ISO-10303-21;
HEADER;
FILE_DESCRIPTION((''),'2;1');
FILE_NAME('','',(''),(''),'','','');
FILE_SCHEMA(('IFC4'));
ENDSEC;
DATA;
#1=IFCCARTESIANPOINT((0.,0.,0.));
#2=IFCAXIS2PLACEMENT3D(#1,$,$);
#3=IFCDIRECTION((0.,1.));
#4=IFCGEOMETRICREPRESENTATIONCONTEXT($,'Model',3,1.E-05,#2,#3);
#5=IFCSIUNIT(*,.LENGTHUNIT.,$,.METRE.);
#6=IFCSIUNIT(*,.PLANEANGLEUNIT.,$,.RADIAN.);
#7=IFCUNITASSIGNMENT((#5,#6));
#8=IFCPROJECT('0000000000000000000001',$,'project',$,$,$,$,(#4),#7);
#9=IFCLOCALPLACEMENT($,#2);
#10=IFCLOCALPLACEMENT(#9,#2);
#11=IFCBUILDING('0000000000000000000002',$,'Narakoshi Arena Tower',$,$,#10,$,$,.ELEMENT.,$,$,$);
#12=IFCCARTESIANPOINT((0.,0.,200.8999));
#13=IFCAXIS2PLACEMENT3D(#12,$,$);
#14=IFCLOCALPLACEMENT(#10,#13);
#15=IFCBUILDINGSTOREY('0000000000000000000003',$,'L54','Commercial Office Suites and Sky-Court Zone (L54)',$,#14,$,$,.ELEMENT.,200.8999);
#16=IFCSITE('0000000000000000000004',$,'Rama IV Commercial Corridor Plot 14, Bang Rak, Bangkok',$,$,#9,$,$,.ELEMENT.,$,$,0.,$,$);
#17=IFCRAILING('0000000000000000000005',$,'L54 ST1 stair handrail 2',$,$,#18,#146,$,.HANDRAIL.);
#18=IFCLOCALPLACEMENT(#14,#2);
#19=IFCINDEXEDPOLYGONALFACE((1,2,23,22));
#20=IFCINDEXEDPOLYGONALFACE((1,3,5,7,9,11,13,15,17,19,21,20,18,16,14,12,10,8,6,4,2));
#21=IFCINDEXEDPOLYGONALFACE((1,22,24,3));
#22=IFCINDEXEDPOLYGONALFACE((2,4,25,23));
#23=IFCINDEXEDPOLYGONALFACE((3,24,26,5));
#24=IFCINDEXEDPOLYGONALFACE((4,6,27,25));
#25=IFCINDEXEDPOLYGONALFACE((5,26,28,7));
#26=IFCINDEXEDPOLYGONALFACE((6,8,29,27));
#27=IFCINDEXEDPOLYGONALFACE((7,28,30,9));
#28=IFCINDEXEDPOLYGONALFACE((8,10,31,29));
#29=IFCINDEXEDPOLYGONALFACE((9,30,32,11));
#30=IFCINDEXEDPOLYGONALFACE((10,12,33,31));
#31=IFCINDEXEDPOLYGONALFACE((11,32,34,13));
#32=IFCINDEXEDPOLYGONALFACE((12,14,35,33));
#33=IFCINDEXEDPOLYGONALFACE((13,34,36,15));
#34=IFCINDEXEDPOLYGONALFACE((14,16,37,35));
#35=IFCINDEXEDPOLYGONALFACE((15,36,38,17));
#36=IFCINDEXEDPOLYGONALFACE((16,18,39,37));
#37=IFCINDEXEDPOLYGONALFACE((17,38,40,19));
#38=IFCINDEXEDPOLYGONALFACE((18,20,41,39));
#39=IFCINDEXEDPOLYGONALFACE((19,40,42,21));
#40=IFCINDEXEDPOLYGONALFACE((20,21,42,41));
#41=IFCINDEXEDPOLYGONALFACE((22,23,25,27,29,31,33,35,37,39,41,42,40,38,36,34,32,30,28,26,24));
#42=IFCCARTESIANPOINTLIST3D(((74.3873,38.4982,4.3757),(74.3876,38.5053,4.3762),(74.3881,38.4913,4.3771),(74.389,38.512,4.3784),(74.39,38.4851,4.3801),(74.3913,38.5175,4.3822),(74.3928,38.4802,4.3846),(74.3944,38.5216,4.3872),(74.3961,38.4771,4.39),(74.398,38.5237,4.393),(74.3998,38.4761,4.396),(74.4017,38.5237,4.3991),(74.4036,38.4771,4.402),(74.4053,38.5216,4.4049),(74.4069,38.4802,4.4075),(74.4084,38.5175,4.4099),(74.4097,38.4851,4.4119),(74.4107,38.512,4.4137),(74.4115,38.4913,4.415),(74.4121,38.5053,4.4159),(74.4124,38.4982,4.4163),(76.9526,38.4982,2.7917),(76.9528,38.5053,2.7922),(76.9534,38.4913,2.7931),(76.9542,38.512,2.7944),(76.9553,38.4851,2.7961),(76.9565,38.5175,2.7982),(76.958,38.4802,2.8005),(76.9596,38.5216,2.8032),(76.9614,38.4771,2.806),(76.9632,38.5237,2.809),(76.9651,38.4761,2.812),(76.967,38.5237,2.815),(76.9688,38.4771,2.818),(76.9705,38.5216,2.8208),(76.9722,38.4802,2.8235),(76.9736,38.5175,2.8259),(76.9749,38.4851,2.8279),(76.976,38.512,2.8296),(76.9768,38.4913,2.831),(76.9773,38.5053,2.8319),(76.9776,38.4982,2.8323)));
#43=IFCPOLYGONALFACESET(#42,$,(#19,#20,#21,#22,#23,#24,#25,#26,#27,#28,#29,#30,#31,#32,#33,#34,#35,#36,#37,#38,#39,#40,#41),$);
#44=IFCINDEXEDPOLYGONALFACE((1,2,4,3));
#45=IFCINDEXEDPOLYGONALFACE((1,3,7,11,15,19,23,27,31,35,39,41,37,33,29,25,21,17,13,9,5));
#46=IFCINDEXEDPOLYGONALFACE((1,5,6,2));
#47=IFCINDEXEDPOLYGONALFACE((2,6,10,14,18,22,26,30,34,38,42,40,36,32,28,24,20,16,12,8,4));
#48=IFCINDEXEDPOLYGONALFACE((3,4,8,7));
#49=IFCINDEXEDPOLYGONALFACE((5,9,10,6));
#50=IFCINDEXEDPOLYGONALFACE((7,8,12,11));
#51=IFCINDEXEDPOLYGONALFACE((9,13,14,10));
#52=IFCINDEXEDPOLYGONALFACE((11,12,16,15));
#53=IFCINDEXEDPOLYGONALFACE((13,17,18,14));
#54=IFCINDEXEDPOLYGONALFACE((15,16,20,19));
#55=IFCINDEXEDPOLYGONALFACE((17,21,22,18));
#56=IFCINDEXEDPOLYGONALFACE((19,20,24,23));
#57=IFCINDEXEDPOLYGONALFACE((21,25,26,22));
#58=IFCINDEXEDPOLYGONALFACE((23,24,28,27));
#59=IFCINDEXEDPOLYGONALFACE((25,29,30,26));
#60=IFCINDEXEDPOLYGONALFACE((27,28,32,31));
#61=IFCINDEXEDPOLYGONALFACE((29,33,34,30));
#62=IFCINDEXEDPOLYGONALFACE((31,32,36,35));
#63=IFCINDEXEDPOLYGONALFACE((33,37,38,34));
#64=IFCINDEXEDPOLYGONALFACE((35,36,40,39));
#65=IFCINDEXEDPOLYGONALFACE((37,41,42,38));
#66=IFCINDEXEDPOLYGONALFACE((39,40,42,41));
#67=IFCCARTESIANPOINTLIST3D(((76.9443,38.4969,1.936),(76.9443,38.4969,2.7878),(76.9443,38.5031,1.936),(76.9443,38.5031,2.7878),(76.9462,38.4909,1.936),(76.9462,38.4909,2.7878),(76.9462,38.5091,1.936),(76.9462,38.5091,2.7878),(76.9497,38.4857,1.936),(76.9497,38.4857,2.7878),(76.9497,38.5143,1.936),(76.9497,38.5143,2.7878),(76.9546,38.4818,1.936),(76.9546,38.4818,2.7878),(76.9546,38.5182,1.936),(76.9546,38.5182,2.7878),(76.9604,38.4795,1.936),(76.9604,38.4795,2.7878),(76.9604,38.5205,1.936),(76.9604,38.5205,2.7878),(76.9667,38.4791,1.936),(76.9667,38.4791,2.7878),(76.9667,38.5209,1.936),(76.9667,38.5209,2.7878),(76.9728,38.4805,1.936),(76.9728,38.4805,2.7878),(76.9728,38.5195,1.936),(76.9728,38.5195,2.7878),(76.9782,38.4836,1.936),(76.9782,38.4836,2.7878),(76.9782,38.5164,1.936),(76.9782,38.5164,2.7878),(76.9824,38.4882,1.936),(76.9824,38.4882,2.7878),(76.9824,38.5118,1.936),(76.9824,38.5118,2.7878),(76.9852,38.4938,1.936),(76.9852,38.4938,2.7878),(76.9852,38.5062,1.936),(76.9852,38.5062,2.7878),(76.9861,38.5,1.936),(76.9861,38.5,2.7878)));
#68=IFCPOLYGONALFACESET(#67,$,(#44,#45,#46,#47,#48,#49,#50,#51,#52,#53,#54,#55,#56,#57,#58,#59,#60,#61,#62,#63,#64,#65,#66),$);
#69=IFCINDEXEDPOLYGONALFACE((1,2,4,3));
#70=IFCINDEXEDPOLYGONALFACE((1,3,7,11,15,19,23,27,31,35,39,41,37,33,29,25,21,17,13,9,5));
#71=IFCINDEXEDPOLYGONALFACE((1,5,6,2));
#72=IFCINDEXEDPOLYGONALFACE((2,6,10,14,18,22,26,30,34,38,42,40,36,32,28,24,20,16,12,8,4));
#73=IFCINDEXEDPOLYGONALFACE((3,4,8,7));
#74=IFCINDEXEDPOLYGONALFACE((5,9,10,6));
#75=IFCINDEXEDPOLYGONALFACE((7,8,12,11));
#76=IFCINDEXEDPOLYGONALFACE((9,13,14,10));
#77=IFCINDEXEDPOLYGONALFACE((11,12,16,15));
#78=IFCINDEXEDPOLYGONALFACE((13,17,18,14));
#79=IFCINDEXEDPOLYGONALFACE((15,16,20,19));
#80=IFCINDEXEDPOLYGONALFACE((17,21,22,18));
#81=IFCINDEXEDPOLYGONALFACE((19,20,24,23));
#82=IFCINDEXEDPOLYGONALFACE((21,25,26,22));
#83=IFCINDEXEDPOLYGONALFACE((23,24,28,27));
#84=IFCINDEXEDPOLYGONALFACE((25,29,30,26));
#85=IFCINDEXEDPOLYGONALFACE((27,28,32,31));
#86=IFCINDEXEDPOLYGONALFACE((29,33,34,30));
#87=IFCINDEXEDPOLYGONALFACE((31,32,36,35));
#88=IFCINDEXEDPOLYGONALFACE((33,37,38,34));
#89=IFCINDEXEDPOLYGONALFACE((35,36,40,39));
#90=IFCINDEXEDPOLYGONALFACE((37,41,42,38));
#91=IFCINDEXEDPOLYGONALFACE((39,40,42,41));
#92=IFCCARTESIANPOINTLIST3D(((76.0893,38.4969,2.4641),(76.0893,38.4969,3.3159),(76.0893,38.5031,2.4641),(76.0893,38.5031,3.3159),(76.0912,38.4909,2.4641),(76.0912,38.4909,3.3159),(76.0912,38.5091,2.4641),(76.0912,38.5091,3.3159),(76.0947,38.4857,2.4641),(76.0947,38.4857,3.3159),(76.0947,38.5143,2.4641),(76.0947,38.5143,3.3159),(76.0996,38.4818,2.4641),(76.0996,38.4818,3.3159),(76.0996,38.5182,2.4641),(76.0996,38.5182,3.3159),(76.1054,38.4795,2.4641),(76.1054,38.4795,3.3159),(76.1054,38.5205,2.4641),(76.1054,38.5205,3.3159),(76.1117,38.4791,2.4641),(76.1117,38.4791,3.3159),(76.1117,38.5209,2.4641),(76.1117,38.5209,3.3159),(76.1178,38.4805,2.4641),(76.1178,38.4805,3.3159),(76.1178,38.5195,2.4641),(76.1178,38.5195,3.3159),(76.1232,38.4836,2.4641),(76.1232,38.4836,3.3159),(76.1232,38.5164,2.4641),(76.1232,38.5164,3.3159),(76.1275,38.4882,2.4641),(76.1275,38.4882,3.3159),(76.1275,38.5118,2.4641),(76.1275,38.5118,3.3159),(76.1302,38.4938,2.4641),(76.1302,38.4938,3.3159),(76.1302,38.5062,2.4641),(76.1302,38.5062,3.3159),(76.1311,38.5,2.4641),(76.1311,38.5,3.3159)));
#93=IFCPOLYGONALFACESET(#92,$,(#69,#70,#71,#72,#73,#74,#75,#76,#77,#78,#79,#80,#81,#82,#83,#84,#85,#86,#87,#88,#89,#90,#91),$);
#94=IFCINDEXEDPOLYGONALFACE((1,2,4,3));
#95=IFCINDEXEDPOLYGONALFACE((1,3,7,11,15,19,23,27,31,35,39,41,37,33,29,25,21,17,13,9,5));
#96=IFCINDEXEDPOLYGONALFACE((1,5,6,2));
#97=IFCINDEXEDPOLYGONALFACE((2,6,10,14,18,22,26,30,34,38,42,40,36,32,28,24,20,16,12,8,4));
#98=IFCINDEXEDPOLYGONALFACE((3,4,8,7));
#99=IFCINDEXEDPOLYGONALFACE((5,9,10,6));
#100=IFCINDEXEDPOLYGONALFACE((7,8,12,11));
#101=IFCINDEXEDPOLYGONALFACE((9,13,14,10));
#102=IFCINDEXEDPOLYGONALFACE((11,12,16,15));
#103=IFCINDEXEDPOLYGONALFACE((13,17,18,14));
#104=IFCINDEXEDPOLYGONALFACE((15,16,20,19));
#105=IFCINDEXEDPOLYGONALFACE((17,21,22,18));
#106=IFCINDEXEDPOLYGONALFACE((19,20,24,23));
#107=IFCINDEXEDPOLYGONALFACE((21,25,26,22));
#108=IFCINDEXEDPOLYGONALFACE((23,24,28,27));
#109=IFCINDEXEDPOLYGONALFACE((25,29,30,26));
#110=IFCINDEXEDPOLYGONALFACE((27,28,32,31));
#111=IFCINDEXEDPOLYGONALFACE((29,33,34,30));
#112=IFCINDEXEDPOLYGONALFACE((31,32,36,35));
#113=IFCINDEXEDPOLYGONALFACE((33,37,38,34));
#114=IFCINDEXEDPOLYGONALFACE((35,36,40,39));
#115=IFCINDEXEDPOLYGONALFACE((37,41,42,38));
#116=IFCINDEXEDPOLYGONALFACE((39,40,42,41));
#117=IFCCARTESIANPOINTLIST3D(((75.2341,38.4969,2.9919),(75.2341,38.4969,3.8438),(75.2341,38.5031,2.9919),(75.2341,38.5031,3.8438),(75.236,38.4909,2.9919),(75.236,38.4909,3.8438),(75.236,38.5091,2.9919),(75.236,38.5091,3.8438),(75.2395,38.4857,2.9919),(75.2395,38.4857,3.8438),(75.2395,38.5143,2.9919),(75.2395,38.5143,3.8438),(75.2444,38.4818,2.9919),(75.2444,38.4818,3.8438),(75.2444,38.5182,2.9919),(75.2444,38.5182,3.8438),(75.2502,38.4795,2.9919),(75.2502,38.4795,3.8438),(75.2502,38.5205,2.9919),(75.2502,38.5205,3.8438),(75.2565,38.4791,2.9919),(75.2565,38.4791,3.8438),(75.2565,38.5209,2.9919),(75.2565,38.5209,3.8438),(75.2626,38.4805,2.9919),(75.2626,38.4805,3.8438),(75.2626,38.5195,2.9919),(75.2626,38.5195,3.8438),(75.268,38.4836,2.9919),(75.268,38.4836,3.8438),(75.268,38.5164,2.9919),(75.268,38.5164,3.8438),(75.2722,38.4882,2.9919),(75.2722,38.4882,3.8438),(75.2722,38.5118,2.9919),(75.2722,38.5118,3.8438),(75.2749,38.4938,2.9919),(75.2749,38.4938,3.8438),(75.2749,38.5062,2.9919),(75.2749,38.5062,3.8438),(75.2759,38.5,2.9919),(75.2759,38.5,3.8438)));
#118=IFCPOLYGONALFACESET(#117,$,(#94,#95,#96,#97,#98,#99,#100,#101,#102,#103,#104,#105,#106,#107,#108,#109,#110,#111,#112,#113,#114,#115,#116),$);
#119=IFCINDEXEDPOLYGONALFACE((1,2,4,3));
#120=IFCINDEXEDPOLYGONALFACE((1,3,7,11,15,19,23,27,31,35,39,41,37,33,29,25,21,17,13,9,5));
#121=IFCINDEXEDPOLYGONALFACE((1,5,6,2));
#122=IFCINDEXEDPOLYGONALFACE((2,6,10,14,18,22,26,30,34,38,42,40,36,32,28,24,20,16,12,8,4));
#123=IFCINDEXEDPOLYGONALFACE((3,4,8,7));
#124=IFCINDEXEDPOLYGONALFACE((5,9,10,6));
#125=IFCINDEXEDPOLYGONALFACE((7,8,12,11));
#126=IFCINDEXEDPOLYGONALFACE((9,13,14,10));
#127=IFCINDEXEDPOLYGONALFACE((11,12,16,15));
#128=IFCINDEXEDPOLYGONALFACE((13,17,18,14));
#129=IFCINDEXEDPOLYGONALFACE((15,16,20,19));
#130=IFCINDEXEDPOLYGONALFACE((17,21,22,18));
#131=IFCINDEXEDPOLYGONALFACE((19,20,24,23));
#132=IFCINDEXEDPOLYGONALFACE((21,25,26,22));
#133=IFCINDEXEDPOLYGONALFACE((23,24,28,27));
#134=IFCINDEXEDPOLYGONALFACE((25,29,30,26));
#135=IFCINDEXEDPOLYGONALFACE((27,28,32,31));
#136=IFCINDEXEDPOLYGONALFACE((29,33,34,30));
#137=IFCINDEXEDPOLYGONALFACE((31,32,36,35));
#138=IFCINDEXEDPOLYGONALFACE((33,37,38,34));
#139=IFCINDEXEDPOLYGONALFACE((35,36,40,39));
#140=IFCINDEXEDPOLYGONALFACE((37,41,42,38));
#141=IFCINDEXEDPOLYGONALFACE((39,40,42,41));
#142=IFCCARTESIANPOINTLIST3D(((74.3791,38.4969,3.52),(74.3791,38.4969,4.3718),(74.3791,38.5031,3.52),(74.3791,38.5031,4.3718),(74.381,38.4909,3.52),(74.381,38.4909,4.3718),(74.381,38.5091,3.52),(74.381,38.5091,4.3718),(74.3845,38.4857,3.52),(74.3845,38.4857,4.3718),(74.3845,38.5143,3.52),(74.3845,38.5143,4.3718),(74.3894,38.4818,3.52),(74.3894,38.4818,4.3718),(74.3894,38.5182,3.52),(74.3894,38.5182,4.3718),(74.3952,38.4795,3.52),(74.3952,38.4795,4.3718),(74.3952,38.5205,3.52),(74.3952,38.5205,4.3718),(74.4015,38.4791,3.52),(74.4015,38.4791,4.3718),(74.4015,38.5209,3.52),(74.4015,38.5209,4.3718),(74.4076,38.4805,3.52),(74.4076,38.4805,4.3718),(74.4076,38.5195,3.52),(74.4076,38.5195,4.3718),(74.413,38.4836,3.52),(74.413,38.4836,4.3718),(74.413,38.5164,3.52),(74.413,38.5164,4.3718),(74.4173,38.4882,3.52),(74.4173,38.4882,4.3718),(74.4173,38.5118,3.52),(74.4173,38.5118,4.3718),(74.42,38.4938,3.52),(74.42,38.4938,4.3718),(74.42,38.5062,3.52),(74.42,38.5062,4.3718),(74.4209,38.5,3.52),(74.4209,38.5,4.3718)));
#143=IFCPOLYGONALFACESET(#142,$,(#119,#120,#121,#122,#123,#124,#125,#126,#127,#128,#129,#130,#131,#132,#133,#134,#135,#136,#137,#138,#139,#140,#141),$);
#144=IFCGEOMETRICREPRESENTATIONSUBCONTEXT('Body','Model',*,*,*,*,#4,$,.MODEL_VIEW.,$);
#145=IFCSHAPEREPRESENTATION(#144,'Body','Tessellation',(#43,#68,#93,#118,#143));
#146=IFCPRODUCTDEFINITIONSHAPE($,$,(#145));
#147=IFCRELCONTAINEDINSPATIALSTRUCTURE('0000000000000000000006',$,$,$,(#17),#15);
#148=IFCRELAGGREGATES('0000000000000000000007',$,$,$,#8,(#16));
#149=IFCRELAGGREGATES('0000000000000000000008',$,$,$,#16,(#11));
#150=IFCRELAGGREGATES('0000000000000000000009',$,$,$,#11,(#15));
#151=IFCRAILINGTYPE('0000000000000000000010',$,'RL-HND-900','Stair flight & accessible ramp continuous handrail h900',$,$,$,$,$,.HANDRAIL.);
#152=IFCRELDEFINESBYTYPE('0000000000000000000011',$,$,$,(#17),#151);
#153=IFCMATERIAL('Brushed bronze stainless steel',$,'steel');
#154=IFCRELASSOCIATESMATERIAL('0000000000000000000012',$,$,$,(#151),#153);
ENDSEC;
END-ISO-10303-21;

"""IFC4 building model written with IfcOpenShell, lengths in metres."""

from ifc_helpers import new_model, si_unit, direction, frame, origin, origin_2d, place, context, subcontext, project, spatial, circle, extrude, material, type_object, element, save


model = new_model("IFC4")

# Units and contexts
model_context = context("Model", 3, precision=1e-05, world=origin(), true_north=direction((0.0, 1.0)))
body_context = subcontext(model_context, "Body", "Model", "MODEL_VIEW")
ifc_project = project(units=[si_unit("LENGTHUNIT", "METRE"), si_unit("PLANEANGLEUNIT", "RADIAN")], contexts=[model_context])

# Site, building, storey
site_placement = place(None, origin())
site = spatial("IfcSite", under=ifc_project, at=site_placement, Name="Rama IV Commercial Corridor Plot 14, Bang Rak, Bangkok", CompositionType="ELEMENT", RefElevation=0.0)
building_placement = place(site_placement, origin())
building = spatial("IfcBuilding", under=site, at=building_placement, Name="Narakoshi Arena Tower", CompositionType="ELEMENT")
storey_placement = place(building_placement, frame((0.0, 0.0, 200.8999)))
storey = spatial("IfcBuildingStorey", under=building, at=storey_placement, Name="L54", Description="Commercial Office Suites and Sky-Court Zone (L54)", CompositionType="ELEMENT", Elevation=200.8999)

# Railing
ifc_material_1 = material(Name="Brushed bronze stainless steel", Category="steel")
railing_type_1 = type_object("IfcRailingType", Name="RL-HND-900", Description="Stair flight & accessible ramp continuous handrail h900", PredefinedType="HANDRAIL", material=ifc_material_1)
railing_1_placement = place(storey_placement, frame((76.9651, 38.5, 1.936)))
element("IfcRailing", 1, at=railing_1_placement, inside=storey, type_object=railing_type_1, Name="L54 ST1 stair handrail 2", PredefinedType="HANDRAIL", context=body_context, shape_type="SweptSolid", body=[
    extrude(circle(Radius=0.0239, at=origin_2d()), frame((0.0, 0.0, 0.876), z_axis=(-0.850857, 0.0, 0.525398), x_axis=(0.0, -1.0, 0.0)), (0.0, 0.0, 1.0), 3.0149),
    extrude(circle(Radius=0.021, at=origin_2d()), origin(), (0.0, 0.0, 1.0), 0.8518),
    extrude(circle(Radius=0.021, at=origin_2d()), frame((-0.855, 0.0, 0.5281)), (0.0, 0.0, 1.0), 0.8518),
    extrude(circle(Radius=0.021, at=origin_2d()), frame((-1.7102, 0.0, 1.0559)), (0.0, 0.0, 1.0), 0.8518),
    extrude(circle(Radius=0.021, at=origin_2d()), frame((-2.5652, 0.0, 1.584)), (0.0, 0.0, 1.0), 0.8518),
])

save(model, "model.ifc")
